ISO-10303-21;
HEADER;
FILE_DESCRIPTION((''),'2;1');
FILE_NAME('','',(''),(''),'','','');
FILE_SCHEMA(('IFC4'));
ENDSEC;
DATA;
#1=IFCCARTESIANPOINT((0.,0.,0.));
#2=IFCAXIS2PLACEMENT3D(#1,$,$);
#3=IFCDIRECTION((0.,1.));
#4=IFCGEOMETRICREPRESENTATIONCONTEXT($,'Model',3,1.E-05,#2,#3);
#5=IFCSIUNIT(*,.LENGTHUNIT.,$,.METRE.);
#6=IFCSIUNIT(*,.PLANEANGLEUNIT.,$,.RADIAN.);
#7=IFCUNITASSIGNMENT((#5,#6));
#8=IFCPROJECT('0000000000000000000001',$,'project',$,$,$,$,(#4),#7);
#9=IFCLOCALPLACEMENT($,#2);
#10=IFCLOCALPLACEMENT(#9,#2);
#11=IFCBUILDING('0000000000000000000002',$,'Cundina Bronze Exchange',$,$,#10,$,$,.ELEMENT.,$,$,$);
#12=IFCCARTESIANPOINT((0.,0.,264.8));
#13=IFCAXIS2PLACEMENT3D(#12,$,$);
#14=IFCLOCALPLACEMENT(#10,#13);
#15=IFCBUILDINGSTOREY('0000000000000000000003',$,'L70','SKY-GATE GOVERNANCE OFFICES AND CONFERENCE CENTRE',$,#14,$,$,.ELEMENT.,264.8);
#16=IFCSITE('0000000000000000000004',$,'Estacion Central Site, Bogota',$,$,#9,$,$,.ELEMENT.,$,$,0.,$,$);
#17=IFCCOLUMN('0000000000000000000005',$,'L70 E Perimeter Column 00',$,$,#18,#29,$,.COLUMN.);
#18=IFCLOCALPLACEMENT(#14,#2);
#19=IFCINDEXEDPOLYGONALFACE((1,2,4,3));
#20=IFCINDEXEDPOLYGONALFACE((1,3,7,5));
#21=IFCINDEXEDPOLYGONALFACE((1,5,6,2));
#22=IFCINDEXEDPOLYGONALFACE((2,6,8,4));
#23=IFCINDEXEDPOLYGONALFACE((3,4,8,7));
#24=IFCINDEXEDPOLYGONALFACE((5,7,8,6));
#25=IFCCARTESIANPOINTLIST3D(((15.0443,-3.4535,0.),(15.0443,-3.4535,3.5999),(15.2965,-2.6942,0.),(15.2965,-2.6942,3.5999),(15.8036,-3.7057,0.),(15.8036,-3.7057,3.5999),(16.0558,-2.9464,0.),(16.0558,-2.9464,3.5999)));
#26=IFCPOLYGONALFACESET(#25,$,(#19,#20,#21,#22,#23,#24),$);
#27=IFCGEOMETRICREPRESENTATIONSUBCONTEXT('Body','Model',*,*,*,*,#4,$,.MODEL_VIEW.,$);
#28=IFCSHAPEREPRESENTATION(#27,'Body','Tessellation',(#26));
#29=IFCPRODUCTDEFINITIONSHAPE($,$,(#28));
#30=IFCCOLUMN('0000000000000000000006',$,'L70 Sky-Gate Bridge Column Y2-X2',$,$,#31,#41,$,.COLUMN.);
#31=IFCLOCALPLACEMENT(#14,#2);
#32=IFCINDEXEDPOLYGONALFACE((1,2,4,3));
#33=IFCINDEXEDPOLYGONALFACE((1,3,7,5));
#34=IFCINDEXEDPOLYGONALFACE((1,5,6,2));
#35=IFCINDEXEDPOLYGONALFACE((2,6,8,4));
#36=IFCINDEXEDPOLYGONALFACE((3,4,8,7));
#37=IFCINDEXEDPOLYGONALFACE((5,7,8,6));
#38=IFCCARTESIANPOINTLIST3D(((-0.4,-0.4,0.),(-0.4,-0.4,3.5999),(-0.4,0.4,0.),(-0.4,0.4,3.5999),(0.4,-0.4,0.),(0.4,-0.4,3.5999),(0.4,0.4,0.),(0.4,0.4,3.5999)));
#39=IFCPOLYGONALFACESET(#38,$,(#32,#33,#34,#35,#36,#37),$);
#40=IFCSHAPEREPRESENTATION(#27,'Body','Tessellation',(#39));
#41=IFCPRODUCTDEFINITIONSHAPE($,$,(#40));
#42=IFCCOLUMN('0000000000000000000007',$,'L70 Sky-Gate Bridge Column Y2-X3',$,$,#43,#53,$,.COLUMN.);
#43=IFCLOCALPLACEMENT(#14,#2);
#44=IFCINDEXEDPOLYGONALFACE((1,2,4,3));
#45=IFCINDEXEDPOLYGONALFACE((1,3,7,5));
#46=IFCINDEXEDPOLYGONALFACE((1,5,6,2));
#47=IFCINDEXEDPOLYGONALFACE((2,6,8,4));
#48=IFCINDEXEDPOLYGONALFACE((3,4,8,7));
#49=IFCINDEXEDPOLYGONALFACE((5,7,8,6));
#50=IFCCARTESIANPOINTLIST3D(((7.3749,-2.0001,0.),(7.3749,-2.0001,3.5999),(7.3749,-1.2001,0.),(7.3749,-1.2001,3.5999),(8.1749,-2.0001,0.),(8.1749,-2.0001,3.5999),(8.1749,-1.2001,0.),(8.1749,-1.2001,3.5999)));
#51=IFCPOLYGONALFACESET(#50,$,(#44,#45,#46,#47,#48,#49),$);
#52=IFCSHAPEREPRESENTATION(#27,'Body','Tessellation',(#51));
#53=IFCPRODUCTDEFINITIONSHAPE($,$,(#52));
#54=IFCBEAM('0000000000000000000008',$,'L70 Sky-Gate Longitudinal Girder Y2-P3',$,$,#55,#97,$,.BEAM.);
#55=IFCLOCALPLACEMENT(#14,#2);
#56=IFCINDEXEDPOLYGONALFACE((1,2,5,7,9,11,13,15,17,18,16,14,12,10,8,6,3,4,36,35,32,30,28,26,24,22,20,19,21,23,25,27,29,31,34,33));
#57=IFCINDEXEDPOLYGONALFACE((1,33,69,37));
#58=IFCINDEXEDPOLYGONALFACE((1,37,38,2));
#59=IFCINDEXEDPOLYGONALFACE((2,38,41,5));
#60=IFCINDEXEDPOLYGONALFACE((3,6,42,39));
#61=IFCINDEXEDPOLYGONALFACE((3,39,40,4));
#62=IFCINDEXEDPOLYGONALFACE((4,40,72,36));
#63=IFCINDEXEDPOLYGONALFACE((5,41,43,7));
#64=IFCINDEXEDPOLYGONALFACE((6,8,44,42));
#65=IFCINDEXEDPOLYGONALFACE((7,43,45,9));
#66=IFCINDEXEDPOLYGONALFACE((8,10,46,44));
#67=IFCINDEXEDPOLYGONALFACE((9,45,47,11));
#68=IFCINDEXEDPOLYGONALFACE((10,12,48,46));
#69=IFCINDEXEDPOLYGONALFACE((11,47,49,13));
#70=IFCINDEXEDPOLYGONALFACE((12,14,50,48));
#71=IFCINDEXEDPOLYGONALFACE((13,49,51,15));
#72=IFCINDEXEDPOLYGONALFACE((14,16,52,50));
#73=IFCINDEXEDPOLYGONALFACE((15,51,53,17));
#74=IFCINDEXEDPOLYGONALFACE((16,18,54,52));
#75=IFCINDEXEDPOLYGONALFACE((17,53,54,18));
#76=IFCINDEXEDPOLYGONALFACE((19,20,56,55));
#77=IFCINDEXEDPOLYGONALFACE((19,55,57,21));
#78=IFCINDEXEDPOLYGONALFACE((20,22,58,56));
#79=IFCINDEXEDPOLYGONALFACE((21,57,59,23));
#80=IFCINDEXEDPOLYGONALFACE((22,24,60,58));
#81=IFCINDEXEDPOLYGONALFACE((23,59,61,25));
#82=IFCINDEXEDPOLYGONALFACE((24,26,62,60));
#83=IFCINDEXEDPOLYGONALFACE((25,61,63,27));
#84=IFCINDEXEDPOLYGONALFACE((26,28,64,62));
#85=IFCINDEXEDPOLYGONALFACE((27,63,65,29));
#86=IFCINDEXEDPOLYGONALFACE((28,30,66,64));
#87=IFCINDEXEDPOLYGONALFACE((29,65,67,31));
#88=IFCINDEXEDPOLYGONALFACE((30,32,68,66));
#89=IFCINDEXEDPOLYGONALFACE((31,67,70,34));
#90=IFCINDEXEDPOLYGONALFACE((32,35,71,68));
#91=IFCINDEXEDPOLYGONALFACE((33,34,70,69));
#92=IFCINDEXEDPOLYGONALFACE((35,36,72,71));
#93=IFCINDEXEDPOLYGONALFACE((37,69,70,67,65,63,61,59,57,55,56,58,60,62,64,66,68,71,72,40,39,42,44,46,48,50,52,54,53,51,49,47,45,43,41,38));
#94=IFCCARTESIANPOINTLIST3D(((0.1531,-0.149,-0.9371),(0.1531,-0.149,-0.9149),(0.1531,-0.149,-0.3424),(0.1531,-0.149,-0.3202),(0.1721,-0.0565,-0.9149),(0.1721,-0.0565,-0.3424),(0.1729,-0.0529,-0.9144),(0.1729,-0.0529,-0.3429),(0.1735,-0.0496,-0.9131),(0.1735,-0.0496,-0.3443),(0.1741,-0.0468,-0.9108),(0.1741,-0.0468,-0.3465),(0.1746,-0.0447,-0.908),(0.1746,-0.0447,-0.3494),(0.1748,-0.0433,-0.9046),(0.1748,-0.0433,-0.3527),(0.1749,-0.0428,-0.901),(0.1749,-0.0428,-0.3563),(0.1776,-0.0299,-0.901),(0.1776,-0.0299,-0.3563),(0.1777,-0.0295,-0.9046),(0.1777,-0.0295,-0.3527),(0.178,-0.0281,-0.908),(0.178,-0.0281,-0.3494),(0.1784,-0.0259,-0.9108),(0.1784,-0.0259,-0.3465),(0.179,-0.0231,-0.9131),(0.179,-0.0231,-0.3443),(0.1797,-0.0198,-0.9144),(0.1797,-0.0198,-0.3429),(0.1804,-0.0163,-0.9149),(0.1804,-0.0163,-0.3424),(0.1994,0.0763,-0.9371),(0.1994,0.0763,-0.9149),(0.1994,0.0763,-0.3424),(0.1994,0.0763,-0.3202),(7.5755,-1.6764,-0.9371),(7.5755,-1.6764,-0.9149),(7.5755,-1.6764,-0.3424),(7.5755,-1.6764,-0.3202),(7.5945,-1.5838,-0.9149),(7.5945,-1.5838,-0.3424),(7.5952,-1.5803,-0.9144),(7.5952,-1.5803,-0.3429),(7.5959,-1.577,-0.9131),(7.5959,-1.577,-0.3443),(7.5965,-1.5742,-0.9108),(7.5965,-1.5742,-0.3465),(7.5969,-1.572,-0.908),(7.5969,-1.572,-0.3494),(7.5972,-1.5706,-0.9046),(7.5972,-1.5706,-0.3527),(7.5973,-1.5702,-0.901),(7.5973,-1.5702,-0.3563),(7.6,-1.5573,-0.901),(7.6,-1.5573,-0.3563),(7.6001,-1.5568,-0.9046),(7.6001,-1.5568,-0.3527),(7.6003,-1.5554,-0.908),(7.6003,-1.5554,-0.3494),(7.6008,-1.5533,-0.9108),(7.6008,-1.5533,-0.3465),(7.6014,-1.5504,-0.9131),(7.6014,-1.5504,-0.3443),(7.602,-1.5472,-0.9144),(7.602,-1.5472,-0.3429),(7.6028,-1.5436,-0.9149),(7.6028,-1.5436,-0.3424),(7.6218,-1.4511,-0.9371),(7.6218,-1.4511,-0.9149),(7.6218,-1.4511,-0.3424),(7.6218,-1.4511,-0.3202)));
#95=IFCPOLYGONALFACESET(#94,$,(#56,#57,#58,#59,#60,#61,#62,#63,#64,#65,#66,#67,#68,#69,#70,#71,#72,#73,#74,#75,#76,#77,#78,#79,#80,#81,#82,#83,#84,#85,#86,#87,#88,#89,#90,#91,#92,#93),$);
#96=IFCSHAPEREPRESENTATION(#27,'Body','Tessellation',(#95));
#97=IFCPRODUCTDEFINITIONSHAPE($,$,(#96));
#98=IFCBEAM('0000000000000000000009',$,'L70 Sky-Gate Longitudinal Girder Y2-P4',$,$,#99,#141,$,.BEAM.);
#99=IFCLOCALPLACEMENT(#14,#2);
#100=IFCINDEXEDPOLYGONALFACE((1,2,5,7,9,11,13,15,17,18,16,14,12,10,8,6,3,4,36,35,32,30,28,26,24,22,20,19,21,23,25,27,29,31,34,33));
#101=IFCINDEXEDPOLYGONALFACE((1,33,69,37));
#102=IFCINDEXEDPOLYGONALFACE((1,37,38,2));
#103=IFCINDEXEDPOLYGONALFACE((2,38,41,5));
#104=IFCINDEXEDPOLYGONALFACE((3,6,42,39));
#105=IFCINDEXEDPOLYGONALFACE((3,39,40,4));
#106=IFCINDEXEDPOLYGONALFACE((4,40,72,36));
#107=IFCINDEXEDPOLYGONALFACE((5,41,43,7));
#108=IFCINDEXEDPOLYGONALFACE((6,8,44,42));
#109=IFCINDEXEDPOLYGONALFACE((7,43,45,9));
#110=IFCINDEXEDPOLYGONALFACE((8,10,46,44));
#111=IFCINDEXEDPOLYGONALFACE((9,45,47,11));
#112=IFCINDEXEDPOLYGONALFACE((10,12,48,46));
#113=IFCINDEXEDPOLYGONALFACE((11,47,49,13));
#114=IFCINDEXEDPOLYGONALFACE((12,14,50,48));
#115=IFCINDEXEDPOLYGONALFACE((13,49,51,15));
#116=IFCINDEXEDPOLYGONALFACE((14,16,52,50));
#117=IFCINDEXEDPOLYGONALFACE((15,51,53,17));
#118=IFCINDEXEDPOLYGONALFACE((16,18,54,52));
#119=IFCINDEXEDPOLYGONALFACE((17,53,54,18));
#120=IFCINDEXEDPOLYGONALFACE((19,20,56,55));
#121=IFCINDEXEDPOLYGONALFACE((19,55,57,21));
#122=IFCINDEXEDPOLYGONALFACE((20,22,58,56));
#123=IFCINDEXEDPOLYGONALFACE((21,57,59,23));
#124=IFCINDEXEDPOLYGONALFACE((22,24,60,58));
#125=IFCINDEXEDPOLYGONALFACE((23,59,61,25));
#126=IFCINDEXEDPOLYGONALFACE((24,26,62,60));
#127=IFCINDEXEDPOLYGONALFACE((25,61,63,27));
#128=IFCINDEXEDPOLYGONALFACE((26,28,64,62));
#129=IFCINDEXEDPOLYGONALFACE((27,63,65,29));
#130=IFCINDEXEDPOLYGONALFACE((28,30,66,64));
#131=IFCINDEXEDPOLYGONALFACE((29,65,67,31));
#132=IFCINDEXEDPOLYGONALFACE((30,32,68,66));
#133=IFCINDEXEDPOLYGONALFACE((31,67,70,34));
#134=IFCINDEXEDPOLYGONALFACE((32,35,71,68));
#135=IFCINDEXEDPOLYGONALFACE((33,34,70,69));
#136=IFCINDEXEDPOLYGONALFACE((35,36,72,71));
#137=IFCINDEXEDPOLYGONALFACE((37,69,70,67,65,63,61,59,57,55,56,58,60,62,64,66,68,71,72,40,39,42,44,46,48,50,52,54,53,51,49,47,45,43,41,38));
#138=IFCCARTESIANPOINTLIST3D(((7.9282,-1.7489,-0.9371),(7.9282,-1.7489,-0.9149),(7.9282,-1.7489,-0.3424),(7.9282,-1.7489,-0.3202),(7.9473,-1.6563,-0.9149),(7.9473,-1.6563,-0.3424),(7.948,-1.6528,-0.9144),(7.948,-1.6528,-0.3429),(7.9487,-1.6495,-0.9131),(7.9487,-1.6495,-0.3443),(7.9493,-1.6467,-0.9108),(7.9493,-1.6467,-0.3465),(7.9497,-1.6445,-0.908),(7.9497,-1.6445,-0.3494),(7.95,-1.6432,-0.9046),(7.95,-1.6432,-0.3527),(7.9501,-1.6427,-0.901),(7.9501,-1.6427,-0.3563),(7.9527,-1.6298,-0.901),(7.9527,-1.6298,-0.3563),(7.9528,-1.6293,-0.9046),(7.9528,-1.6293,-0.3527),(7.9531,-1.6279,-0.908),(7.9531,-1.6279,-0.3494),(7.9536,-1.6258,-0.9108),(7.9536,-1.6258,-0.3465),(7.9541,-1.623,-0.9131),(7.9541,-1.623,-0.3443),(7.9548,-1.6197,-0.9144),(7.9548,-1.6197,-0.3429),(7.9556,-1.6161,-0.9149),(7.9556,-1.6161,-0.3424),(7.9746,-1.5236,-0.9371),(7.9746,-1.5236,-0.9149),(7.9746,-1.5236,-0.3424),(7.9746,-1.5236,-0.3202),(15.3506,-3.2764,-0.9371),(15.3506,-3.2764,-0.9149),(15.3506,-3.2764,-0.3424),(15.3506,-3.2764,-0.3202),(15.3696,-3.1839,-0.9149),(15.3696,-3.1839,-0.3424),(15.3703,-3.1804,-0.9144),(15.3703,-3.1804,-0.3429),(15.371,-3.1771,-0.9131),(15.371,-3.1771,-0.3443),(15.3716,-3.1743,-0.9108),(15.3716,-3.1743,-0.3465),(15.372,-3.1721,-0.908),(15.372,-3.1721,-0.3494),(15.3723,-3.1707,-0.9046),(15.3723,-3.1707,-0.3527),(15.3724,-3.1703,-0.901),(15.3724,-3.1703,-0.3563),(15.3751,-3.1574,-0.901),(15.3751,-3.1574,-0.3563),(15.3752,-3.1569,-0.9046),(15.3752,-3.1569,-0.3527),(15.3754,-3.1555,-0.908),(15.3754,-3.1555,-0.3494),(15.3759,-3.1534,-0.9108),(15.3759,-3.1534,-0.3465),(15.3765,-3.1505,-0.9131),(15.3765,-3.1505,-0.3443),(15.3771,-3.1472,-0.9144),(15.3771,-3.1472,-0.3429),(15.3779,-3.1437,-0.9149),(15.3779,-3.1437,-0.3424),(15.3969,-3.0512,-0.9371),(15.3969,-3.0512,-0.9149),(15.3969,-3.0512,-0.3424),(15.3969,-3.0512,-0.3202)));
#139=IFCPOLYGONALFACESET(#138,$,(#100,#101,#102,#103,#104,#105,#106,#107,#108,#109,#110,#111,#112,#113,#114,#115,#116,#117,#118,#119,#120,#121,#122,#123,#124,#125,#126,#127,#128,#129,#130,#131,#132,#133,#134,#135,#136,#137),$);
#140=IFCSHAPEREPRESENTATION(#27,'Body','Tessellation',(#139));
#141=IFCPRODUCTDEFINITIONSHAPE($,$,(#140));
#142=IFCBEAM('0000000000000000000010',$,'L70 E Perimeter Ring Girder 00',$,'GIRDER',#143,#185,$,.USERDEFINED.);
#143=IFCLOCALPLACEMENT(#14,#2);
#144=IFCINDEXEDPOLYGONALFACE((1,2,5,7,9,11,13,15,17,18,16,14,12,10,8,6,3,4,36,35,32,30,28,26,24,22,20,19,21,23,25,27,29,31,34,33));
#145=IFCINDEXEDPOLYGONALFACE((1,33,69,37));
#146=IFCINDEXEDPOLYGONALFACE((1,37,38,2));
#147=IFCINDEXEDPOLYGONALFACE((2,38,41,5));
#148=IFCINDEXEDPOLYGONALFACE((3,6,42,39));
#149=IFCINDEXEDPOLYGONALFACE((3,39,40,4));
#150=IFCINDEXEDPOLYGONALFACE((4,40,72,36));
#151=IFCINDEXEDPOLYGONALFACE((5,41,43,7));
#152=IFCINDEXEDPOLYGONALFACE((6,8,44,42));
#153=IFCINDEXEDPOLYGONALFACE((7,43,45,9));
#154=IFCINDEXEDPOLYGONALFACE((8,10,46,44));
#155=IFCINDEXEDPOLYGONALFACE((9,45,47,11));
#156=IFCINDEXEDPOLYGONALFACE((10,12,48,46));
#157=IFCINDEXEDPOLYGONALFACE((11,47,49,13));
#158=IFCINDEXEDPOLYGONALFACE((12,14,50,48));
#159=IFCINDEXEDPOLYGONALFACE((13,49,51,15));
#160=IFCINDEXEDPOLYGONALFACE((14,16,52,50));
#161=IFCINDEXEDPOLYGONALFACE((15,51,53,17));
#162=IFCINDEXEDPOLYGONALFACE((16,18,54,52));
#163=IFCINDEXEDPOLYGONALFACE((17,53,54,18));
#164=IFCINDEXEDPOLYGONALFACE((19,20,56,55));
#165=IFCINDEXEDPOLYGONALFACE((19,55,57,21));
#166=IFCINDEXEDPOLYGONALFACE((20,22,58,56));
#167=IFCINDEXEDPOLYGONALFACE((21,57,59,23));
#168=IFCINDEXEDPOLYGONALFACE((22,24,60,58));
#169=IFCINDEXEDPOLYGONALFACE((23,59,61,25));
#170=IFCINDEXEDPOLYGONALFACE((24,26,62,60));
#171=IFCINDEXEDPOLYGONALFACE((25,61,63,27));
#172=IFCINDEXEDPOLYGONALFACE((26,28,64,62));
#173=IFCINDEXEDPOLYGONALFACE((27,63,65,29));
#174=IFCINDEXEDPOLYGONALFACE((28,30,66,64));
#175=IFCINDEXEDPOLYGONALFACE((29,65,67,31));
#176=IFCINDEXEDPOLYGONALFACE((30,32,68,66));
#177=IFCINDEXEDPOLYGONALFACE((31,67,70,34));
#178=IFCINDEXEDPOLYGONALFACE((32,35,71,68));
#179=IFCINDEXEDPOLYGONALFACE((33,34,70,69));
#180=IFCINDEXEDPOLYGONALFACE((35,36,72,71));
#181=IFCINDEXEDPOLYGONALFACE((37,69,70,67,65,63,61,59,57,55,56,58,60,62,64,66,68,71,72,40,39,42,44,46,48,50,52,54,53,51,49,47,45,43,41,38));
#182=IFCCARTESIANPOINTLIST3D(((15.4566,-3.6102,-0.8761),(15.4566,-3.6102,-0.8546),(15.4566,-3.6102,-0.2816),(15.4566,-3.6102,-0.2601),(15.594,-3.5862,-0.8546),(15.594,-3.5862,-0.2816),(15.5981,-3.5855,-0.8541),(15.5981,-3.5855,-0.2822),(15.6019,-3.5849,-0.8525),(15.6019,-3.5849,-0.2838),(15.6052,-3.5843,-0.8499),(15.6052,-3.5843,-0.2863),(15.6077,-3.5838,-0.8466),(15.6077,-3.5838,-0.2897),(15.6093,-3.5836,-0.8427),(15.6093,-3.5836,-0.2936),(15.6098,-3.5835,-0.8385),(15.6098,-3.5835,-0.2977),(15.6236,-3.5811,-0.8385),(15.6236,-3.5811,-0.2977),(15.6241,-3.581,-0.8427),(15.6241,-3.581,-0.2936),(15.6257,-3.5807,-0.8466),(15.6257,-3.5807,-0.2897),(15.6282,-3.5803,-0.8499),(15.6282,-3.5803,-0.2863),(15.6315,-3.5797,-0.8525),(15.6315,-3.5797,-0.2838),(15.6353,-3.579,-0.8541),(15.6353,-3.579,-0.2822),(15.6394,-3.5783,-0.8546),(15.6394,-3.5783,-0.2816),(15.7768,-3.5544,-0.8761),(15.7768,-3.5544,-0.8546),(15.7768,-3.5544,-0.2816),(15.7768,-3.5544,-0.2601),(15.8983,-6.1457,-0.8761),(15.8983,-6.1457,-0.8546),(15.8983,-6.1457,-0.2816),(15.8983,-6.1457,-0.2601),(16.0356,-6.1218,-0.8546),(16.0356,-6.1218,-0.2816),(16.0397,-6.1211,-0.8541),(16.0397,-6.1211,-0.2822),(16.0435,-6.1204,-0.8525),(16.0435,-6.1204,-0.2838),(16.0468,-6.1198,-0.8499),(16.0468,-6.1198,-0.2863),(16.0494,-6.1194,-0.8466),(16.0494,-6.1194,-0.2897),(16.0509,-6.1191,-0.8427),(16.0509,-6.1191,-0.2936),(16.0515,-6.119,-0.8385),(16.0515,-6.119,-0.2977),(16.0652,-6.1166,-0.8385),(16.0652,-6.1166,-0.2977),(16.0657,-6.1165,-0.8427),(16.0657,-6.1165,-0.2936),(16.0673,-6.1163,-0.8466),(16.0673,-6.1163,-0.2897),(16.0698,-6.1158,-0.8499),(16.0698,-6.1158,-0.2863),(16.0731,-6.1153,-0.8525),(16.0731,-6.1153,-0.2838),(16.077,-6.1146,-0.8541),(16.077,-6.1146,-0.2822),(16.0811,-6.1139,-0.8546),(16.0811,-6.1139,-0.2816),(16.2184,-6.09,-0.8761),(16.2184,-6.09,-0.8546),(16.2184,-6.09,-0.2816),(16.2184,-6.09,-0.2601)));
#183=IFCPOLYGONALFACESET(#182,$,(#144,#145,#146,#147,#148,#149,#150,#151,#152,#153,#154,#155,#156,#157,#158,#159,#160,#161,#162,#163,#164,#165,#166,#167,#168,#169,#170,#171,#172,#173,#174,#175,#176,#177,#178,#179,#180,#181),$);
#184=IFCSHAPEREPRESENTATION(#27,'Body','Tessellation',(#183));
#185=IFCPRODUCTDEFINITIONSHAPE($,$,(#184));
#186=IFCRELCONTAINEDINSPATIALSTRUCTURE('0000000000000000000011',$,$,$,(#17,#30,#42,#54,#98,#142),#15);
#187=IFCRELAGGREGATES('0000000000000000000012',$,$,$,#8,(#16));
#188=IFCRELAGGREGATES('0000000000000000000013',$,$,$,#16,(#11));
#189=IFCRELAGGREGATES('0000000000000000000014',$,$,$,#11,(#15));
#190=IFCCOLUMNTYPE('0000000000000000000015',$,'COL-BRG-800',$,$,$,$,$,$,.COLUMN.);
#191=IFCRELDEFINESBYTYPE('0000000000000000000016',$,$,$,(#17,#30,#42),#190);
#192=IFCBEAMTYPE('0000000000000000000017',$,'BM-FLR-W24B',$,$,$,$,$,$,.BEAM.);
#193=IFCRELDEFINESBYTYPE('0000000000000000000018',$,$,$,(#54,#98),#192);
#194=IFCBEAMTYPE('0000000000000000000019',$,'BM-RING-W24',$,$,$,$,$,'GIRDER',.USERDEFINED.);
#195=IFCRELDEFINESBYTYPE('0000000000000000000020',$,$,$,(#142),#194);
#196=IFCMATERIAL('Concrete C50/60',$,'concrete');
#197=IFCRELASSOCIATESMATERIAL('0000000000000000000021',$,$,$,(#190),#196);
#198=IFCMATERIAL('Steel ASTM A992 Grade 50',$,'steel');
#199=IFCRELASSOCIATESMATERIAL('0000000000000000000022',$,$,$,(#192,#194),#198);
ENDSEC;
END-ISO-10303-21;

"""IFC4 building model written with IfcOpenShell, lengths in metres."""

from ifc_helpers import new_model, si_unit, direction, frame, origin, origin_2d, place, context, subcontext, project, spatial, rectangle, i_section, extrude, material, material_profile, profile_set, type_object, element, save


model = new_model("IFC4")

# Units and contexts
model_context = context("Model", 3, precision=1e-05, world=origin(), true_north=direction((0.0, 1.0)))
body_context = subcontext(model_context, "Body", "Model", "MODEL_VIEW")
ifc_project = project(units=[si_unit("LENGTHUNIT", "METRE"), si_unit("PLANEANGLEUNIT", "RADIAN")], contexts=[model_context])

# Site, building, storey
site_placement = place(None, origin())
site = spatial("IfcSite", under=ifc_project, at=site_placement, Name="Estacion Central Site, Bogota", CompositionType="ELEMENT", RefElevation=0.0)
building_placement = place(site_placement, origin())
building = spatial("IfcBuilding", under=site, at=building_placement, Name="Cundina Bronze Exchange", CompositionType="ELEMENT")
storey_placement = place(building_placement, frame((0.0, 0.0, 264.8)))
storey = spatial("IfcBuildingStorey", under=building, at=storey_placement, Name="L70", Description="SKY-GATE GOVERNANCE OFFICES AND CONFERENCE CENTRE", CompositionType="ELEMENT", Elevation=264.8)

# Columns
ifc_material_1 = material(Name="Concrete C50/60", Category="concrete")
ifc_material_profile_1 = material_profile(ifc_material_1, rectangle(XDim=0.8, YDim=0.8, at=origin_2d()), Name="RC800X800", Category="concrete")
ifc_profile_set_1 = profile_set([ifc_material_profile_1], Name="Concrete C50/60")
column_type = type_object("IfcColumnType", Name="COL-BRG-800", PredefinedType="COLUMN", material=ifc_profile_set_1)
for number, where, z_axis, x_axis, name in (
    (1, (15.55, -3.2, 0.0), (0.0, 0.0, 1.0), (-0.315152, -0.949041, 0.0), "L70 E Perimeter Column 00"),
    (2, (0.0, 0.0, 0.0), (0.0, 0.0, 1.0), (1.0, 0.0, 0.0), "L70 Sky-Gate Bridge Column Y2-X2"),
    (3, (7.7749, -1.6001, 0.0), (0.0, 0.0, 1.0), (1.0, 0.0, 0.0), "L70 Sky-Gate Bridge Column Y2-X3"),
):
    element("IfcColumn", number, at=place(storey_placement, frame(where, z_axis=z_axis, x_axis=x_axis)), inside=storey, type_object=column_type, Name=name, PredefinedType="COLUMN", context=body_context, shape_type="SweptSolid", body=[
        extrude(rectangle(XDim=0.8, YDim=0.8, at=origin_2d()), origin(), (0.0, 0.0, 1.0), 3.5999),
    ])

# Beams
ifc_material_2 = material(Name="Steel ASTM A992 Grade 50", Category="steel")
ifc_material_profile_2 = material_profile(ifc_material_2, i_section(OverallWidth=0.23, OverallDepth=0.6169, WebThickness=0.0132, FlangeThickness=0.0222, FilletRadius=0.0139, at=origin_2d()), Name="W24X94", Category="steel")
ifc_profile_set_2 = profile_set([ifc_material_profile_2], Name="Steel ASTM A992 Grade 50")
beam_type_1 = type_object("IfcBeamType", Name="BM-FLR-W24B", PredefinedType="BEAM", material=ifc_profile_set_2)
for number, where, z_axis, x_axis, name in (
    (4, (0.1763, -0.0364, -0.6287), (0.979478, -0.201553, 0.0), (0.201553, 0.979478, 0.0), "L70 Sky-Gate Longitudinal Girder Y2-P3"),
    (5, (7.9514, -1.6362, -0.6287), (0.979471, -0.201584, 0.0), (0.201584, 0.979471, 0.0), "L70 Sky-Gate Longitudinal Girder Y2-P4"),
):
    element("IfcBeam", number, at=place(storey_placement, frame(where, z_axis=z_axis, x_axis=x_axis)), inside=storey, type_object=beam_type_1, Name=name, PredefinedType="BEAM", context=body_context, shape_type="SweptSolid", body=[
        extrude(i_section(OverallWidth=0.23, OverallDepth=0.6169, WebThickness=0.0132, FlangeThickness=0.0222, FilletRadius=0.0139, at=origin_2d()), origin(), (0.0, 0.0, 1.0), 7.5779),
    ])
ifc_material_profile_3 = material_profile(ifc_material_2, i_section(OverallWidth=0.325, OverallDepth=0.616, WebThickness=0.0139, FlangeThickness=0.0215, FilletRadius=0.0161, at=origin_2d()), Name="W24X117", Category="steel")
ifc_profile_set_3 = profile_set([ifc_material_profile_3], Name="Steel ASTM A992 Grade 50")
beam_type_2 = type_object("IfcBeamType", Name="BM-RING-W24", ElementType="GIRDER", PredefinedType="USERDEFINED", material=ifc_profile_set_3)
beam_1_placement = place(storey_placement, frame((15.6167, -3.5823, -0.5681), z_axis=(0.171593, -0.985168, 0.0), x_axis=(0.985168, 0.171593, 0.0)))
element("IfcBeam", 6, at=beam_1_placement, inside=storey, type_object=beam_type_2, Name="L70 E Perimeter Ring Girder 00", ObjectType="GIRDER", PredefinedType="USERDEFINED", context=body_context, shape_type="SweptSolid", body=[
    extrude(i_section(OverallWidth=0.325, OverallDepth=0.616, WebThickness=0.0139, FlangeThickness=0.0215, FilletRadius=0.0161, at=origin_2d()), origin(), (0.0, 0.0, 1.0), 2.5737),
])

save(model, "model.ifc")
